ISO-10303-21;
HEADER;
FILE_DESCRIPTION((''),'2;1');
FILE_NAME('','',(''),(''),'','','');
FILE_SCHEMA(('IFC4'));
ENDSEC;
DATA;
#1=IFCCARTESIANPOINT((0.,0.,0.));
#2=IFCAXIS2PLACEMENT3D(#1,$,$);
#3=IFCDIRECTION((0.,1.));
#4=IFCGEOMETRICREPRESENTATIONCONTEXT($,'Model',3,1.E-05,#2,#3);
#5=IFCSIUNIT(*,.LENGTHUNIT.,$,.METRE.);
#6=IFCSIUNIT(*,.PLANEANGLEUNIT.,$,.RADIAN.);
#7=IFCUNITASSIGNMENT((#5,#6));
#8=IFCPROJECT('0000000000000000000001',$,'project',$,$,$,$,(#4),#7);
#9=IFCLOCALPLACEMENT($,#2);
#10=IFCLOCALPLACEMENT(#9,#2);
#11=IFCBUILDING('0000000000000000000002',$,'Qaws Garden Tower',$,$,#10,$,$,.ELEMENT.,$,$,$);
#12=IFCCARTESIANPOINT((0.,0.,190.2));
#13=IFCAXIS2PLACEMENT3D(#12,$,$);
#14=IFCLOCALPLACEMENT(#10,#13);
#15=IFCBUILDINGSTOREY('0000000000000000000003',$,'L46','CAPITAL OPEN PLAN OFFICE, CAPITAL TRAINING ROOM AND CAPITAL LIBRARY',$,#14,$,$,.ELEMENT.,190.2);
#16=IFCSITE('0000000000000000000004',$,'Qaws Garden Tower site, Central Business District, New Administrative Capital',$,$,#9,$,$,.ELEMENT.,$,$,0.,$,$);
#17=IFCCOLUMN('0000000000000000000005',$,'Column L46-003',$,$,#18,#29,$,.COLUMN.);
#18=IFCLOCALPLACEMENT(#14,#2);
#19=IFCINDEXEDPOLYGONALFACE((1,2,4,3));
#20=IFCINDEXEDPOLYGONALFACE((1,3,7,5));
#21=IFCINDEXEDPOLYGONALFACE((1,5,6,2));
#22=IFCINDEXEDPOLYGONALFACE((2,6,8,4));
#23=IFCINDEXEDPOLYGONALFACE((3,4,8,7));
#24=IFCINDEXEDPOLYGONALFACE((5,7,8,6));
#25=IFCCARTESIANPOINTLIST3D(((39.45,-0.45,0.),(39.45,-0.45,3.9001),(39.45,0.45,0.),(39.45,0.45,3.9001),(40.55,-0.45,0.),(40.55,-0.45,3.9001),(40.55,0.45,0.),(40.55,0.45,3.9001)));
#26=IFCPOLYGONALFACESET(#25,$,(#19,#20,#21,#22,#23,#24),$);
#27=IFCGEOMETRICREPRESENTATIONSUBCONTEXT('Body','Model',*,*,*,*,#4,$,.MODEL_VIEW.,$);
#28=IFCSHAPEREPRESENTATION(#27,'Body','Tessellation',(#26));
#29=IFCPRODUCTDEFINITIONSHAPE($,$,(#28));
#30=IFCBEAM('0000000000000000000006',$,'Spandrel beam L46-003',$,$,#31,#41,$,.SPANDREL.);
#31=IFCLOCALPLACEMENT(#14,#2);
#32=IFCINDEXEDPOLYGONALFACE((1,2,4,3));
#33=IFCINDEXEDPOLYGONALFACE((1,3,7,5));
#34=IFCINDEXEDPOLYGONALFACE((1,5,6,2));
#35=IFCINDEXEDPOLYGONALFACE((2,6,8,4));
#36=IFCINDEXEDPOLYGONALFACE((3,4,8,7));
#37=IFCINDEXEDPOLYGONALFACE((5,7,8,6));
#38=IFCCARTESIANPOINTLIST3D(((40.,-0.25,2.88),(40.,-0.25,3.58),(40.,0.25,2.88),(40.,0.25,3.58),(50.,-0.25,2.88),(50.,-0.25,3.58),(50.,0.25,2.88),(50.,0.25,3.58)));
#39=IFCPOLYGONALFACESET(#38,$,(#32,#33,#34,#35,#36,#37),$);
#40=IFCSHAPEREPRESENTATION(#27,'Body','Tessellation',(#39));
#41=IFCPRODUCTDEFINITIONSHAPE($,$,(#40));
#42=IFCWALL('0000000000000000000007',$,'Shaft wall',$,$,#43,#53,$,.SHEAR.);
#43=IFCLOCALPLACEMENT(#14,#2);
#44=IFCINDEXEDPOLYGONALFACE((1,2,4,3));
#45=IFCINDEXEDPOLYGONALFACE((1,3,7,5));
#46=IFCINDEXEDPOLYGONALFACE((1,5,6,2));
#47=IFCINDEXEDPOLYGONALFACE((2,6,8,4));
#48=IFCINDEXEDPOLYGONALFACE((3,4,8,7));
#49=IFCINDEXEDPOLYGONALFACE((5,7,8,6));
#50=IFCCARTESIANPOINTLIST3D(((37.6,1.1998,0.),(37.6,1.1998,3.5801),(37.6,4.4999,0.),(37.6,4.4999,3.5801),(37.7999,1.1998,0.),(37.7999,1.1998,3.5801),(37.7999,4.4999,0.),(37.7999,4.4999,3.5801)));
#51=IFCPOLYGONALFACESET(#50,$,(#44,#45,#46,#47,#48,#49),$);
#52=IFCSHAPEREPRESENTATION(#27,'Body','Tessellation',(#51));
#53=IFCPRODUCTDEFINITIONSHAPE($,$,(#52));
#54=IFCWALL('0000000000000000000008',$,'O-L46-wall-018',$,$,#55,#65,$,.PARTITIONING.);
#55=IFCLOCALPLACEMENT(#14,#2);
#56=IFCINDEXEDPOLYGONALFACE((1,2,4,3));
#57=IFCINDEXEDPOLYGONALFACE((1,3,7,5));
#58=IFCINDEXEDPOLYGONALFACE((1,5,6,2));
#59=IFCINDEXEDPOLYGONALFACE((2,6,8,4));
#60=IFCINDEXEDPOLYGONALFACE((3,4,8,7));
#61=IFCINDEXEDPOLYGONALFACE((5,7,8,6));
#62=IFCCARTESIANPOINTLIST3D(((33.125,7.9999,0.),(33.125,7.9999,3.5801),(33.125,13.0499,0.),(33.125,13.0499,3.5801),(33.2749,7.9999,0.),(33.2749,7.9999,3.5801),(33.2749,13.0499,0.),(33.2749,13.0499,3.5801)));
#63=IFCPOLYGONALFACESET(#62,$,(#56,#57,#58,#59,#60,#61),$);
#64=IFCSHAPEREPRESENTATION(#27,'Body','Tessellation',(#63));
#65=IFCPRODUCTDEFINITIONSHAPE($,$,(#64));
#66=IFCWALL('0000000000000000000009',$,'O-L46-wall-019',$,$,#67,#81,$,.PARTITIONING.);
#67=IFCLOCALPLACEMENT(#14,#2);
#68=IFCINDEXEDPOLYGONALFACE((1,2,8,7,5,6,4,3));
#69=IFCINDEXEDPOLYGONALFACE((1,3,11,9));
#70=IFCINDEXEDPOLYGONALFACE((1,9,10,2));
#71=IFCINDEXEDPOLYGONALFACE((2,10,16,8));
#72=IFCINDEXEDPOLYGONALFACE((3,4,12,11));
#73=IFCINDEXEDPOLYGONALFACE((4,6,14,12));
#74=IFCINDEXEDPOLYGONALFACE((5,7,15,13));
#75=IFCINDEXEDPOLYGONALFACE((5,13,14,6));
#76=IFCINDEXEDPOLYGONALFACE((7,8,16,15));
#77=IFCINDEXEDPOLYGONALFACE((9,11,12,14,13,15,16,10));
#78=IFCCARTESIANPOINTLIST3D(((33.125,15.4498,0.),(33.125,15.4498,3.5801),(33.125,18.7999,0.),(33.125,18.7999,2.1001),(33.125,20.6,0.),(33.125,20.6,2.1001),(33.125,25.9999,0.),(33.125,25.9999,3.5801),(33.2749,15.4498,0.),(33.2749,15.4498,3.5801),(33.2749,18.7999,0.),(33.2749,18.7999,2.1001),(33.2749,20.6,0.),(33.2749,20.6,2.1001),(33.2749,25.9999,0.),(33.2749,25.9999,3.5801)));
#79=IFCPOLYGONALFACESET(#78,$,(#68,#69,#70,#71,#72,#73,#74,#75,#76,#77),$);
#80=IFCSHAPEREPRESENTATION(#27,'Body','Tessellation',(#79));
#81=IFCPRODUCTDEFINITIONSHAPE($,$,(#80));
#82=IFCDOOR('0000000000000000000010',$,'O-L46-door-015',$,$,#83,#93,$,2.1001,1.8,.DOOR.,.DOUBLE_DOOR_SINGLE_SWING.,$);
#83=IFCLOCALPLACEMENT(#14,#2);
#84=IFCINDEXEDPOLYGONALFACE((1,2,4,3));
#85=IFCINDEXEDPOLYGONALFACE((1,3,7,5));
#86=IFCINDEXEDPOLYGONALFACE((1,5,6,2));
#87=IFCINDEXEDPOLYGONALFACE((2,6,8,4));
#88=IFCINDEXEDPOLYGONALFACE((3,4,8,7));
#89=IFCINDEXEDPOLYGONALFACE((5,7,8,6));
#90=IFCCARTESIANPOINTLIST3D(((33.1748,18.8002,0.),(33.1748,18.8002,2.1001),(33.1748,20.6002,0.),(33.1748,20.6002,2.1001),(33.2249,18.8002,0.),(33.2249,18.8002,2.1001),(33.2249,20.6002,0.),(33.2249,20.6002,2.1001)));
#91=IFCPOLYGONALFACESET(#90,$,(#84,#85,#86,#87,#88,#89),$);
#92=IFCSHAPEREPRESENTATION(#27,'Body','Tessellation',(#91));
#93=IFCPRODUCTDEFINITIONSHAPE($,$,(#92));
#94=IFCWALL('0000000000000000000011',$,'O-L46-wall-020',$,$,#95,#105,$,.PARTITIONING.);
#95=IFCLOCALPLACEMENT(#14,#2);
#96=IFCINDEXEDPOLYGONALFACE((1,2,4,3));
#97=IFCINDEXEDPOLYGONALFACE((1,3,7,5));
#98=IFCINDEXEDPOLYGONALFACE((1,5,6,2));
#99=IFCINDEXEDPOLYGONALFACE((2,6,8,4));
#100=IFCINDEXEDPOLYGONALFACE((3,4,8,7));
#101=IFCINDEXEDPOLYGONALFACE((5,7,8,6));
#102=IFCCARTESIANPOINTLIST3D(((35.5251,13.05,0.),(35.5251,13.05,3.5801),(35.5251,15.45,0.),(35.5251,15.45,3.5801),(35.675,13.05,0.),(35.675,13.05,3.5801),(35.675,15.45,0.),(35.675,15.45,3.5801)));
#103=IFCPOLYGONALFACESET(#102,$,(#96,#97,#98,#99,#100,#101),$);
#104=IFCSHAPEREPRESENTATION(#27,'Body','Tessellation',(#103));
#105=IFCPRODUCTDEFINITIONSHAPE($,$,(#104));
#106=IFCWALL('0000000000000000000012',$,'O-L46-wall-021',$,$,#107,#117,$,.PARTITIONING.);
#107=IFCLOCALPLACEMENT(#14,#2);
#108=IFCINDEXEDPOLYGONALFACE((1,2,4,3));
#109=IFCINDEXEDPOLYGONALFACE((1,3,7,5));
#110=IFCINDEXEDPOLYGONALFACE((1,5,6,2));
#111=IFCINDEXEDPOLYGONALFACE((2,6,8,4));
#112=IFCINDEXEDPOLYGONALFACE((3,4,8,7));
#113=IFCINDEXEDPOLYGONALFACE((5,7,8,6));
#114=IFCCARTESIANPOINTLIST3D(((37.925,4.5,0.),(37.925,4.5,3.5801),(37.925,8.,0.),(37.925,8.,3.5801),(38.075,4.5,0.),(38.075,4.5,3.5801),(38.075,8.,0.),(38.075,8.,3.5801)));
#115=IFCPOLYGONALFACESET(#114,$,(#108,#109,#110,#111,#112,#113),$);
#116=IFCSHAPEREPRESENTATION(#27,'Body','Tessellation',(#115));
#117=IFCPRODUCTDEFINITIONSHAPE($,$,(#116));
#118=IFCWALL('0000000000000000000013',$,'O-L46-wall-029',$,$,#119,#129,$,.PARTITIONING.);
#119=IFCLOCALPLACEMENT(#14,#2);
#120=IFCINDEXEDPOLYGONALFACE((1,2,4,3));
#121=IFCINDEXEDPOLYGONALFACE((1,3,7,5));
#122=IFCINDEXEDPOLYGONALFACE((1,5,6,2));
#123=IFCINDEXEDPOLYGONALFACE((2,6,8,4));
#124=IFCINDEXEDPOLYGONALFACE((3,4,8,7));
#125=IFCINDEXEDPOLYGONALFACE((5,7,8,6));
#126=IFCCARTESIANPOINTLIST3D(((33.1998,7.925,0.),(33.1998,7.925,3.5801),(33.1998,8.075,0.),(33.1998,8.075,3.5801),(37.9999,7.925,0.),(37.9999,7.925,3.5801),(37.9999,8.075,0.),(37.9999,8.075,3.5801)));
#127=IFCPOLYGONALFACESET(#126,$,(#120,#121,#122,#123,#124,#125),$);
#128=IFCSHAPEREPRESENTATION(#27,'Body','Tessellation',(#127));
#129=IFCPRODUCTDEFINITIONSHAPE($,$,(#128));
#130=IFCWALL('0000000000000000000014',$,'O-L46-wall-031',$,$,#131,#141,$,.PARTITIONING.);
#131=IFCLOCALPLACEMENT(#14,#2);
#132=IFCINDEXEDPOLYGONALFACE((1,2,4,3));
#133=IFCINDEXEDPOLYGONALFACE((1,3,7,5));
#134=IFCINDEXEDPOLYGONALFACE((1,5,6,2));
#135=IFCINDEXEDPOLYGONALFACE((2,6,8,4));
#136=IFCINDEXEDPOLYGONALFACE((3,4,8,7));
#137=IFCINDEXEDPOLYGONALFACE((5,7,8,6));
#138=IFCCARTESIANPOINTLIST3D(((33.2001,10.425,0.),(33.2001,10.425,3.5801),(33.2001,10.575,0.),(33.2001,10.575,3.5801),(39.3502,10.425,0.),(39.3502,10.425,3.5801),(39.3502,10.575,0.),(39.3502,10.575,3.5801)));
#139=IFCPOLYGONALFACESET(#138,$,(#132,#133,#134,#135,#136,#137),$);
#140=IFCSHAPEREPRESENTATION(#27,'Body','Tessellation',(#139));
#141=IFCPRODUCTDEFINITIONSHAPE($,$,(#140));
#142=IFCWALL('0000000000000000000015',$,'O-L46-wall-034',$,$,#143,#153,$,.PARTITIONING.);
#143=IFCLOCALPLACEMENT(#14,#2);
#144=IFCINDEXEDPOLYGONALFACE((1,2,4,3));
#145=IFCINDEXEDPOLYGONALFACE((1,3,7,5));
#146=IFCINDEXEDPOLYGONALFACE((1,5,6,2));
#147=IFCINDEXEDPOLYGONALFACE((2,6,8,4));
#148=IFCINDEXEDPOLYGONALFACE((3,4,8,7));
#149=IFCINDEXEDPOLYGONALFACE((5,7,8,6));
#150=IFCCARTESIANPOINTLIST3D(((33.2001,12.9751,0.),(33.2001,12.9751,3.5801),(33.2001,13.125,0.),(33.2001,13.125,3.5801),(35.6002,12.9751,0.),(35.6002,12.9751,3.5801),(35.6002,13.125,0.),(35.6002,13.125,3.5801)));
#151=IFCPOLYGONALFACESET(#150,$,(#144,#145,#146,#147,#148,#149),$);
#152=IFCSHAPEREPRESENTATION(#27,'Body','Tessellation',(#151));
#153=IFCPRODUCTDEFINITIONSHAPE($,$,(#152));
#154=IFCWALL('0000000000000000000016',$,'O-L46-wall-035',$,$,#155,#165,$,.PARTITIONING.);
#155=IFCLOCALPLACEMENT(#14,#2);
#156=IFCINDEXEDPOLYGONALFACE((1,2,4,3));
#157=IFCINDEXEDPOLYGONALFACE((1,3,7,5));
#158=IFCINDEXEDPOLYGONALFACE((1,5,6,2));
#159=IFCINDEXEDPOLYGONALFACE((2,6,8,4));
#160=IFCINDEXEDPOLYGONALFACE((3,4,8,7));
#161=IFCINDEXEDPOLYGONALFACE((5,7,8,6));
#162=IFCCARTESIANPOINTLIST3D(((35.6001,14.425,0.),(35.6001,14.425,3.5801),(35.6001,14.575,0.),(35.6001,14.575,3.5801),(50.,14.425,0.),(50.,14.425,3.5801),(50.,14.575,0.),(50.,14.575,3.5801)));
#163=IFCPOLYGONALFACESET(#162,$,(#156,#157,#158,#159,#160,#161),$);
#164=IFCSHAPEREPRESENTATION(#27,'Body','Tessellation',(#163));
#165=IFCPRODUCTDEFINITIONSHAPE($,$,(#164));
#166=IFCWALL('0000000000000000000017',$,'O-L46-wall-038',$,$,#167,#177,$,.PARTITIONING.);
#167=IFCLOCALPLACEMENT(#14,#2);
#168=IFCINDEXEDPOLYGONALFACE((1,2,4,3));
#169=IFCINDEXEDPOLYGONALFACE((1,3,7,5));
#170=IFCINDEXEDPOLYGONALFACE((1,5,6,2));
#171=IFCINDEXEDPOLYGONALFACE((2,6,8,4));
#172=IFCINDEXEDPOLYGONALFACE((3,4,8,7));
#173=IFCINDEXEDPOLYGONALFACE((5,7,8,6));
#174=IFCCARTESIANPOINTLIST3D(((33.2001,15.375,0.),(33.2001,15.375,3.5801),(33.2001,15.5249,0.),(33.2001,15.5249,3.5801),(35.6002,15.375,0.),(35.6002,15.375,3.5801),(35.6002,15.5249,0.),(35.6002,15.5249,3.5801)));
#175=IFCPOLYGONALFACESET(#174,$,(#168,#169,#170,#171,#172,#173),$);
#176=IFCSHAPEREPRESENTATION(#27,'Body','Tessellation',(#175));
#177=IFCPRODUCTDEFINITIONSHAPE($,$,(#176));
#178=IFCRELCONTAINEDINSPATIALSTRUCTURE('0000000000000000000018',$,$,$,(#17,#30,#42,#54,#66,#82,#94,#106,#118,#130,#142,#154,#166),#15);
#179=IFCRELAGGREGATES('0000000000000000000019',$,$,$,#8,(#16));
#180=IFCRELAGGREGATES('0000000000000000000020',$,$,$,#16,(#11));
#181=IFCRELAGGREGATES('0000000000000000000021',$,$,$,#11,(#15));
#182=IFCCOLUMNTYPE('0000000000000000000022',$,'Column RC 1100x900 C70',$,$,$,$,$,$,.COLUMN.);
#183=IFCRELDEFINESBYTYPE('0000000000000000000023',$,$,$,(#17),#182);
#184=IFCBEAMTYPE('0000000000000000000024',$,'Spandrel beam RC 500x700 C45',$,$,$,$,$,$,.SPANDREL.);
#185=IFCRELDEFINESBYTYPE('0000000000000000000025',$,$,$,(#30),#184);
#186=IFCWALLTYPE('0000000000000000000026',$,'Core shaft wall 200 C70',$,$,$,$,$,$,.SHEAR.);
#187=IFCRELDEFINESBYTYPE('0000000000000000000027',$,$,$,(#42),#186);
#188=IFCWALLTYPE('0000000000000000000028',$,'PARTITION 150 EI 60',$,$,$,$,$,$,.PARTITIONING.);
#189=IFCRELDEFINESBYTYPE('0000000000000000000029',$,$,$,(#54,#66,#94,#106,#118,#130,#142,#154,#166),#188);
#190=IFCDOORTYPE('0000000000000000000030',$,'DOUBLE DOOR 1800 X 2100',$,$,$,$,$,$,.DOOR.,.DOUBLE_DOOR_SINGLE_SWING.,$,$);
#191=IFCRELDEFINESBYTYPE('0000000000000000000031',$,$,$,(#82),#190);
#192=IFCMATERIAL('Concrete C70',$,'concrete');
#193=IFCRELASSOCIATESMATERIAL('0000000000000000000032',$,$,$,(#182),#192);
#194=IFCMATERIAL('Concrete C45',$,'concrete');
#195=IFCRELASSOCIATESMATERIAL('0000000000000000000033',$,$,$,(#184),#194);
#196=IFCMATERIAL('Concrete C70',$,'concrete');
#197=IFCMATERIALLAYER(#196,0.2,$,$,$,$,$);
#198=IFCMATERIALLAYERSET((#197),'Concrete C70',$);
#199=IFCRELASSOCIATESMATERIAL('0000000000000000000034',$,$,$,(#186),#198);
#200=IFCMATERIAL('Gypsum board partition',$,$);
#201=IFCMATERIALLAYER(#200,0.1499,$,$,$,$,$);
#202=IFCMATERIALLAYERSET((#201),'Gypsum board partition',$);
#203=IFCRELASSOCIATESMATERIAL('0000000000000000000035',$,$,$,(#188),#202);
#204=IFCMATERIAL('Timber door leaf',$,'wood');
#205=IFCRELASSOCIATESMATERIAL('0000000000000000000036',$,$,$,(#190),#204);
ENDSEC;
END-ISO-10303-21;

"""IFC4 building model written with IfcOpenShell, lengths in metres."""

from ifc_helpers import new_model, si_unit, direction, frame, frame_2d, origin, origin_2d, place, context, subcontext, project, spatial, rectangle, extrude, material, layer, layer_set, material_profile, profile_set, type_object, element, fill, save


model = new_model("IFC4")

# Units and contexts
model_context = context("Model", 3, precision=1e-05, world=origin(), true_north=direction((0.0, 1.0)))
body_context = subcontext(model_context, "Body", "Model", "MODEL_VIEW")
ifc_project = project(units=[si_unit("LENGTHUNIT", "METRE"), si_unit("PLANEANGLEUNIT", "RADIAN")], contexts=[model_context])

# Site, building, storey
site_placement = place(None, origin())
site = spatial("IfcSite", under=ifc_project, at=site_placement, Name="Qaws Garden Tower site, Central Business District, New Administrative Capital", CompositionType="ELEMENT", RefElevation=0.0)
building_placement = place(site_placement, origin())
building = spatial("IfcBuilding", under=site, at=building_placement, Name="Qaws Garden Tower", CompositionType="ELEMENT")
storey_placement = place(building_placement, frame((0.0, 0.0, 190.2)))
storey = spatial("IfcBuildingStorey", under=building, at=storey_placement, Name="L46", Description="CAPITAL OPEN PLAN OFFICE, CAPITAL TRAINING ROOM AND CAPITAL LIBRARY", CompositionType="ELEMENT", Elevation=190.2)

# Column
ifc_material_1 = material(Name="Concrete C70", Category="concrete")
ifc_material_profile_1 = material_profile(ifc_material_1, rectangle(XDim=1.1001, YDim=0.8999, at=origin_2d()), Name="RC 1100x900")
ifc_profile_set_1 = profile_set([ifc_material_profile_1], Name="Concrete C70")
column_type = type_object("IfcColumnType", Name="Column RC 1100x900 C70", PredefinedType="COLUMN", material=ifc_profile_set_1)
column_placement = place(storey_placement, frame((40.0, 0.0, 0.0), z_axis=(0.0, 0.0, 1.0), x_axis=(1.0, 0.0, 0.0)))
element("IfcColumn", 1, at=column_placement, inside=storey, type_object=column_type, Name="Column L46-003", PredefinedType="COLUMN", context=body_context, shape_type="SweptSolid", body=[
    extrude(rectangle(XDim=1.1001, YDim=0.8999, at=origin_2d()), origin(), (0.0, 0.0, 1.0), 3.9001),
])

# Beam
ifc_material_2 = material(Name="Concrete C45", Category="concrete")
ifc_material_profile_2 = material_profile(ifc_material_2, rectangle(XDim=0.5, YDim=0.7, at=origin_2d()), Name="RC 500x700")
ifc_profile_set_2 = profile_set([ifc_material_profile_2], Name="Concrete C45")
beam_type = type_object("IfcBeamType", Name="Spandrel beam RC 500x700 C45", PredefinedType="SPANDREL", material=ifc_profile_set_2)
beam_placement = place(storey_placement, frame((40.0, 0.0, 3.23), z_axis=(1.0, 0.0, 0.0), x_axis=(0.0, 1.0, 0.0)))
element("IfcBeam", 2, at=beam_placement, inside=storey, type_object=beam_type, Name="Spandrel beam L46-003", PredefinedType="SPANDREL", context=body_context, shape_type="SweptSolid", body=[
    extrude(rectangle(XDim=0.5, YDim=0.7, at=origin_2d()), origin(), (0.0, 0.0, 1.0), 10.0),
])

# Walls
ifc_material_3 = material(Name="Concrete C70", Category="concrete")
ifc_layer_1 = layer(ifc_material_3, 0.2)
ifc_layer_set_1 = layer_set([ifc_layer_1], Name="Concrete C70")
wall_type_1 = type_object("IfcWallType", Name="Core shaft wall 200 C70", PredefinedType="SHEAR", material=ifc_layer_set_1)
wall_1_placement = place(storey_placement, frame((37.7, 1.2, 0.0), z_axis=(0.0, 0.0, 1.0), x_axis=(0.0, 1.0, 0.0)))
element("IfcWall", 3, at=wall_1_placement, inside=storey, type_object=wall_type_1, Name="Shaft wall", PredefinedType="SHEAR", context=body_context, shape_type="SweptSolid", body=[
    extrude(rectangle(XDim=3.3, YDim=0.2, at=frame_2d((1.6499, 0.0))), origin(), (0.0, 0.0, 1.0), 3.5801),
])
ifc_material_4 = material(Name="Gypsum board partition")
ifc_layer_2 = layer(ifc_material_4, 0.1499)
ifc_layer_set_2 = layer_set([ifc_layer_2], Name="Gypsum board partition")
wall_type_2 = type_object("IfcWallType", Name="PARTITION 150 EI 60", PredefinedType="PARTITIONING", material=ifc_layer_set_2)
wall_2_placement = place(storey_placement, frame((33.2, 8.0, 0.0), z_axis=(0.0, 0.0, 1.0), x_axis=(0.0, 1.0, 0.0)))
element("IfcWall", 4, at=wall_2_placement, inside=storey, type_object=wall_type_2, Name="O-L46-wall-018", PredefinedType="PARTITIONING", context=body_context, shape_type="SweptSolid", body=[
    extrude(rectangle(XDim=5.05, YDim=0.1499, at=frame_2d((2.5249, 0.0))), origin(), (0.0, 0.0, 1.0), 3.5801),
])

# Wall, opening, door
wall_3_placement = place(storey_placement, frame((33.2, 15.45, 0.0), z_axis=(0.0, 0.0, 1.0), x_axis=(0.0, 1.0, 0.0)))
wall_3 = element("IfcWall", 5, at=wall_3_placement, inside=storey, type_object=wall_type_2, Name="O-L46-wall-019", PredefinedType="PARTITIONING", context=body_context, shape_type="SweptSolid", body=[
    extrude(rectangle(XDim=10.55, YDim=0.1499, at=frame_2d((5.2749, 0.0))), origin(), (0.0, 0.0, 1.0), 3.5801),
])
opening_placement = place(wall_3_placement, frame((3.3501, 0.0, 0.0)))
opening = element("IfcOpeningElement", 6, at=opening_placement, cuts=wall_3, PredefinedType="OPENING", context=body_context, shape_type="SweptSolid", body=[
    extrude(rectangle(XDim=1.8, YDim=2.1001, at=frame_2d((0.8999, 1.05))), frame((0.0, 0.085, 0.0), z_axis=(0.0, -1.0, 0.0), x_axis=(1.0, 0.0, 0.0)), (0.0, 0.0, 1.0), 0.1699),
])
ifc_material_5 = material(Name="Timber door leaf", Category="wood")
door_type = type_object("IfcDoorType", Name="DOUBLE DOOR 1800 X 2100", OperationType="DOUBLE_DOOR_SINGLE_SWING", PredefinedType="DOOR", material=ifc_material_5)
door_placement = place(opening_placement, frame((1.8, 0.0, 0.0), z_axis=(0.0, 0.0, 1.0), x_axis=(-1.0, 0.0, 0.0)))
door = element("IfcDoor", 7, at=door_placement, inside=storey, type_object=door_type, Name="O-L46-door-015", OperationType="DOUBLE_DOOR_SINGLE_SWING", OverallHeight=2.1001, OverallWidth=1.8, PredefinedType="DOOR", context=body_context, shape_type="SweptSolid", body=[
    extrude(rectangle(XDim=1.8, YDim=2.1001, at=frame_2d((0.8999, 1.05))), frame((0.0, 0.0249, 0.0), z_axis=(0.0, -1.0, 0.0), x_axis=(1.0, 0.0, 0.0)), (0.0, 0.0, 1.0), 0.05),
])
fill(opening, door)

# Walls
wall_4_placement = place(storey_placement, frame((35.6001, 13.05, 0.0), z_axis=(0.0, 0.0, 1.0), x_axis=(0.0, 1.0, 0.0)))
element("IfcWall", 8, at=wall_4_placement, inside=storey, type_object=wall_type_2, Name="O-L46-wall-020", PredefinedType="PARTITIONING", context=body_context, shape_type="SweptSolid", body=[
    extrude(rectangle(XDim=2.3999, YDim=0.1499, at=frame_2d((1.2, 0.0))), origin(), (0.0, 0.0, 1.0), 3.5801),
])
wall_5_placement = place(storey_placement, frame((38.0, 4.5, 0.0), z_axis=(0.0, 0.0, 1.0), x_axis=(0.0, 1.0, 0.0)))
element("IfcWall", 9, at=wall_5_placement, inside=storey, type_object=wall_type_2, Name="O-L46-wall-021", PredefinedType="PARTITIONING", context=body_context, shape_type="SweptSolid", body=[
    extrude(rectangle(XDim=3.5, YDim=0.1499, at=frame_2d((1.75, 0.0))), origin(), (0.0, 0.0, 1.0), 3.5801),
])
wall_6_placement = place(storey_placement, frame((33.2, 8.0, 0.0), z_axis=(0.0, 0.0, 1.0), x_axis=(1.0, 0.0, 0.0)))
element("IfcWall", 10, at=wall_6_placement, inside=storey, type_object=wall_type_2, Name="O-L46-wall-029", PredefinedType="PARTITIONING", context=body_context, shape_type="SweptSolid", body=[
    extrude(rectangle(XDim=4.8, YDim=0.1499, at=frame_2d((2.3999, 0.0))), origin(), (0.0, 0.0, 1.0), 3.5801),
])
wall_7_placement = place(storey_placement, frame((33.2, 10.5, 0.0), z_axis=(0.0, 0.0, 1.0), x_axis=(1.0, 0.0, 0.0)))
element("IfcWall", 11, at=wall_7_placement, inside=storey, type_object=wall_type_2, Name="O-L46-wall-031", PredefinedType="PARTITIONING", context=body_context, shape_type="SweptSolid", body=[
    extrude(rectangle(XDim=6.1501, YDim=0.1499, at=frame_2d((3.0752, 0.0))), origin(), (0.0, 0.0, 1.0), 3.5801),
])
wall_8_placement = place(storey_placement, frame((33.2, 13.05, 0.0), z_axis=(0.0, 0.0, 1.0), x_axis=(1.0, 0.0, 0.0)))
element("IfcWall", 12, at=wall_8_placement, inside=storey, type_object=wall_type_2, Name="O-L46-wall-034", PredefinedType="PARTITIONING", context=body_context, shape_type="SweptSolid", body=[
    extrude(rectangle(XDim=2.4001, YDim=0.1499, at=frame_2d((1.2002, 0.0))), origin(), (0.0, 0.0, 1.0), 3.5801),
])
wall_9_placement = place(storey_placement, frame((35.6001, 14.5, 0.0), z_axis=(0.0, 0.0, 1.0), x_axis=(1.0, 0.0, 0.0)))
element("IfcWall", 13, at=wall_9_placement, inside=storey, type_object=wall_type_2, Name="O-L46-wall-035", PredefinedType="PARTITIONING", context=body_context, shape_type="SweptSolid", body=[
    extrude(rectangle(XDim=14.3999, YDim=0.1499, at=frame_2d((7.2, 0.0))), origin(), (0.0, 0.0, 1.0), 3.5801),
])
wall_10_placement = place(storey_placement, frame((33.2, 15.45, 0.0), z_axis=(0.0, 0.0, 1.0), x_axis=(1.0, 0.0, 0.0)))
element("IfcWall", 14, at=wall_10_placement, inside=storey, type_object=wall_type_2, Name="O-L46-wall-038", PredefinedType="PARTITIONING", context=body_context, shape_type="SweptSolid", body=[
    extrude(rectangle(XDim=2.4001, YDim=0.1499, at=frame_2d((1.2002, 0.0))), origin(), (0.0, 0.0, 1.0), 3.5801),
])

save(model, "model.ifc")
